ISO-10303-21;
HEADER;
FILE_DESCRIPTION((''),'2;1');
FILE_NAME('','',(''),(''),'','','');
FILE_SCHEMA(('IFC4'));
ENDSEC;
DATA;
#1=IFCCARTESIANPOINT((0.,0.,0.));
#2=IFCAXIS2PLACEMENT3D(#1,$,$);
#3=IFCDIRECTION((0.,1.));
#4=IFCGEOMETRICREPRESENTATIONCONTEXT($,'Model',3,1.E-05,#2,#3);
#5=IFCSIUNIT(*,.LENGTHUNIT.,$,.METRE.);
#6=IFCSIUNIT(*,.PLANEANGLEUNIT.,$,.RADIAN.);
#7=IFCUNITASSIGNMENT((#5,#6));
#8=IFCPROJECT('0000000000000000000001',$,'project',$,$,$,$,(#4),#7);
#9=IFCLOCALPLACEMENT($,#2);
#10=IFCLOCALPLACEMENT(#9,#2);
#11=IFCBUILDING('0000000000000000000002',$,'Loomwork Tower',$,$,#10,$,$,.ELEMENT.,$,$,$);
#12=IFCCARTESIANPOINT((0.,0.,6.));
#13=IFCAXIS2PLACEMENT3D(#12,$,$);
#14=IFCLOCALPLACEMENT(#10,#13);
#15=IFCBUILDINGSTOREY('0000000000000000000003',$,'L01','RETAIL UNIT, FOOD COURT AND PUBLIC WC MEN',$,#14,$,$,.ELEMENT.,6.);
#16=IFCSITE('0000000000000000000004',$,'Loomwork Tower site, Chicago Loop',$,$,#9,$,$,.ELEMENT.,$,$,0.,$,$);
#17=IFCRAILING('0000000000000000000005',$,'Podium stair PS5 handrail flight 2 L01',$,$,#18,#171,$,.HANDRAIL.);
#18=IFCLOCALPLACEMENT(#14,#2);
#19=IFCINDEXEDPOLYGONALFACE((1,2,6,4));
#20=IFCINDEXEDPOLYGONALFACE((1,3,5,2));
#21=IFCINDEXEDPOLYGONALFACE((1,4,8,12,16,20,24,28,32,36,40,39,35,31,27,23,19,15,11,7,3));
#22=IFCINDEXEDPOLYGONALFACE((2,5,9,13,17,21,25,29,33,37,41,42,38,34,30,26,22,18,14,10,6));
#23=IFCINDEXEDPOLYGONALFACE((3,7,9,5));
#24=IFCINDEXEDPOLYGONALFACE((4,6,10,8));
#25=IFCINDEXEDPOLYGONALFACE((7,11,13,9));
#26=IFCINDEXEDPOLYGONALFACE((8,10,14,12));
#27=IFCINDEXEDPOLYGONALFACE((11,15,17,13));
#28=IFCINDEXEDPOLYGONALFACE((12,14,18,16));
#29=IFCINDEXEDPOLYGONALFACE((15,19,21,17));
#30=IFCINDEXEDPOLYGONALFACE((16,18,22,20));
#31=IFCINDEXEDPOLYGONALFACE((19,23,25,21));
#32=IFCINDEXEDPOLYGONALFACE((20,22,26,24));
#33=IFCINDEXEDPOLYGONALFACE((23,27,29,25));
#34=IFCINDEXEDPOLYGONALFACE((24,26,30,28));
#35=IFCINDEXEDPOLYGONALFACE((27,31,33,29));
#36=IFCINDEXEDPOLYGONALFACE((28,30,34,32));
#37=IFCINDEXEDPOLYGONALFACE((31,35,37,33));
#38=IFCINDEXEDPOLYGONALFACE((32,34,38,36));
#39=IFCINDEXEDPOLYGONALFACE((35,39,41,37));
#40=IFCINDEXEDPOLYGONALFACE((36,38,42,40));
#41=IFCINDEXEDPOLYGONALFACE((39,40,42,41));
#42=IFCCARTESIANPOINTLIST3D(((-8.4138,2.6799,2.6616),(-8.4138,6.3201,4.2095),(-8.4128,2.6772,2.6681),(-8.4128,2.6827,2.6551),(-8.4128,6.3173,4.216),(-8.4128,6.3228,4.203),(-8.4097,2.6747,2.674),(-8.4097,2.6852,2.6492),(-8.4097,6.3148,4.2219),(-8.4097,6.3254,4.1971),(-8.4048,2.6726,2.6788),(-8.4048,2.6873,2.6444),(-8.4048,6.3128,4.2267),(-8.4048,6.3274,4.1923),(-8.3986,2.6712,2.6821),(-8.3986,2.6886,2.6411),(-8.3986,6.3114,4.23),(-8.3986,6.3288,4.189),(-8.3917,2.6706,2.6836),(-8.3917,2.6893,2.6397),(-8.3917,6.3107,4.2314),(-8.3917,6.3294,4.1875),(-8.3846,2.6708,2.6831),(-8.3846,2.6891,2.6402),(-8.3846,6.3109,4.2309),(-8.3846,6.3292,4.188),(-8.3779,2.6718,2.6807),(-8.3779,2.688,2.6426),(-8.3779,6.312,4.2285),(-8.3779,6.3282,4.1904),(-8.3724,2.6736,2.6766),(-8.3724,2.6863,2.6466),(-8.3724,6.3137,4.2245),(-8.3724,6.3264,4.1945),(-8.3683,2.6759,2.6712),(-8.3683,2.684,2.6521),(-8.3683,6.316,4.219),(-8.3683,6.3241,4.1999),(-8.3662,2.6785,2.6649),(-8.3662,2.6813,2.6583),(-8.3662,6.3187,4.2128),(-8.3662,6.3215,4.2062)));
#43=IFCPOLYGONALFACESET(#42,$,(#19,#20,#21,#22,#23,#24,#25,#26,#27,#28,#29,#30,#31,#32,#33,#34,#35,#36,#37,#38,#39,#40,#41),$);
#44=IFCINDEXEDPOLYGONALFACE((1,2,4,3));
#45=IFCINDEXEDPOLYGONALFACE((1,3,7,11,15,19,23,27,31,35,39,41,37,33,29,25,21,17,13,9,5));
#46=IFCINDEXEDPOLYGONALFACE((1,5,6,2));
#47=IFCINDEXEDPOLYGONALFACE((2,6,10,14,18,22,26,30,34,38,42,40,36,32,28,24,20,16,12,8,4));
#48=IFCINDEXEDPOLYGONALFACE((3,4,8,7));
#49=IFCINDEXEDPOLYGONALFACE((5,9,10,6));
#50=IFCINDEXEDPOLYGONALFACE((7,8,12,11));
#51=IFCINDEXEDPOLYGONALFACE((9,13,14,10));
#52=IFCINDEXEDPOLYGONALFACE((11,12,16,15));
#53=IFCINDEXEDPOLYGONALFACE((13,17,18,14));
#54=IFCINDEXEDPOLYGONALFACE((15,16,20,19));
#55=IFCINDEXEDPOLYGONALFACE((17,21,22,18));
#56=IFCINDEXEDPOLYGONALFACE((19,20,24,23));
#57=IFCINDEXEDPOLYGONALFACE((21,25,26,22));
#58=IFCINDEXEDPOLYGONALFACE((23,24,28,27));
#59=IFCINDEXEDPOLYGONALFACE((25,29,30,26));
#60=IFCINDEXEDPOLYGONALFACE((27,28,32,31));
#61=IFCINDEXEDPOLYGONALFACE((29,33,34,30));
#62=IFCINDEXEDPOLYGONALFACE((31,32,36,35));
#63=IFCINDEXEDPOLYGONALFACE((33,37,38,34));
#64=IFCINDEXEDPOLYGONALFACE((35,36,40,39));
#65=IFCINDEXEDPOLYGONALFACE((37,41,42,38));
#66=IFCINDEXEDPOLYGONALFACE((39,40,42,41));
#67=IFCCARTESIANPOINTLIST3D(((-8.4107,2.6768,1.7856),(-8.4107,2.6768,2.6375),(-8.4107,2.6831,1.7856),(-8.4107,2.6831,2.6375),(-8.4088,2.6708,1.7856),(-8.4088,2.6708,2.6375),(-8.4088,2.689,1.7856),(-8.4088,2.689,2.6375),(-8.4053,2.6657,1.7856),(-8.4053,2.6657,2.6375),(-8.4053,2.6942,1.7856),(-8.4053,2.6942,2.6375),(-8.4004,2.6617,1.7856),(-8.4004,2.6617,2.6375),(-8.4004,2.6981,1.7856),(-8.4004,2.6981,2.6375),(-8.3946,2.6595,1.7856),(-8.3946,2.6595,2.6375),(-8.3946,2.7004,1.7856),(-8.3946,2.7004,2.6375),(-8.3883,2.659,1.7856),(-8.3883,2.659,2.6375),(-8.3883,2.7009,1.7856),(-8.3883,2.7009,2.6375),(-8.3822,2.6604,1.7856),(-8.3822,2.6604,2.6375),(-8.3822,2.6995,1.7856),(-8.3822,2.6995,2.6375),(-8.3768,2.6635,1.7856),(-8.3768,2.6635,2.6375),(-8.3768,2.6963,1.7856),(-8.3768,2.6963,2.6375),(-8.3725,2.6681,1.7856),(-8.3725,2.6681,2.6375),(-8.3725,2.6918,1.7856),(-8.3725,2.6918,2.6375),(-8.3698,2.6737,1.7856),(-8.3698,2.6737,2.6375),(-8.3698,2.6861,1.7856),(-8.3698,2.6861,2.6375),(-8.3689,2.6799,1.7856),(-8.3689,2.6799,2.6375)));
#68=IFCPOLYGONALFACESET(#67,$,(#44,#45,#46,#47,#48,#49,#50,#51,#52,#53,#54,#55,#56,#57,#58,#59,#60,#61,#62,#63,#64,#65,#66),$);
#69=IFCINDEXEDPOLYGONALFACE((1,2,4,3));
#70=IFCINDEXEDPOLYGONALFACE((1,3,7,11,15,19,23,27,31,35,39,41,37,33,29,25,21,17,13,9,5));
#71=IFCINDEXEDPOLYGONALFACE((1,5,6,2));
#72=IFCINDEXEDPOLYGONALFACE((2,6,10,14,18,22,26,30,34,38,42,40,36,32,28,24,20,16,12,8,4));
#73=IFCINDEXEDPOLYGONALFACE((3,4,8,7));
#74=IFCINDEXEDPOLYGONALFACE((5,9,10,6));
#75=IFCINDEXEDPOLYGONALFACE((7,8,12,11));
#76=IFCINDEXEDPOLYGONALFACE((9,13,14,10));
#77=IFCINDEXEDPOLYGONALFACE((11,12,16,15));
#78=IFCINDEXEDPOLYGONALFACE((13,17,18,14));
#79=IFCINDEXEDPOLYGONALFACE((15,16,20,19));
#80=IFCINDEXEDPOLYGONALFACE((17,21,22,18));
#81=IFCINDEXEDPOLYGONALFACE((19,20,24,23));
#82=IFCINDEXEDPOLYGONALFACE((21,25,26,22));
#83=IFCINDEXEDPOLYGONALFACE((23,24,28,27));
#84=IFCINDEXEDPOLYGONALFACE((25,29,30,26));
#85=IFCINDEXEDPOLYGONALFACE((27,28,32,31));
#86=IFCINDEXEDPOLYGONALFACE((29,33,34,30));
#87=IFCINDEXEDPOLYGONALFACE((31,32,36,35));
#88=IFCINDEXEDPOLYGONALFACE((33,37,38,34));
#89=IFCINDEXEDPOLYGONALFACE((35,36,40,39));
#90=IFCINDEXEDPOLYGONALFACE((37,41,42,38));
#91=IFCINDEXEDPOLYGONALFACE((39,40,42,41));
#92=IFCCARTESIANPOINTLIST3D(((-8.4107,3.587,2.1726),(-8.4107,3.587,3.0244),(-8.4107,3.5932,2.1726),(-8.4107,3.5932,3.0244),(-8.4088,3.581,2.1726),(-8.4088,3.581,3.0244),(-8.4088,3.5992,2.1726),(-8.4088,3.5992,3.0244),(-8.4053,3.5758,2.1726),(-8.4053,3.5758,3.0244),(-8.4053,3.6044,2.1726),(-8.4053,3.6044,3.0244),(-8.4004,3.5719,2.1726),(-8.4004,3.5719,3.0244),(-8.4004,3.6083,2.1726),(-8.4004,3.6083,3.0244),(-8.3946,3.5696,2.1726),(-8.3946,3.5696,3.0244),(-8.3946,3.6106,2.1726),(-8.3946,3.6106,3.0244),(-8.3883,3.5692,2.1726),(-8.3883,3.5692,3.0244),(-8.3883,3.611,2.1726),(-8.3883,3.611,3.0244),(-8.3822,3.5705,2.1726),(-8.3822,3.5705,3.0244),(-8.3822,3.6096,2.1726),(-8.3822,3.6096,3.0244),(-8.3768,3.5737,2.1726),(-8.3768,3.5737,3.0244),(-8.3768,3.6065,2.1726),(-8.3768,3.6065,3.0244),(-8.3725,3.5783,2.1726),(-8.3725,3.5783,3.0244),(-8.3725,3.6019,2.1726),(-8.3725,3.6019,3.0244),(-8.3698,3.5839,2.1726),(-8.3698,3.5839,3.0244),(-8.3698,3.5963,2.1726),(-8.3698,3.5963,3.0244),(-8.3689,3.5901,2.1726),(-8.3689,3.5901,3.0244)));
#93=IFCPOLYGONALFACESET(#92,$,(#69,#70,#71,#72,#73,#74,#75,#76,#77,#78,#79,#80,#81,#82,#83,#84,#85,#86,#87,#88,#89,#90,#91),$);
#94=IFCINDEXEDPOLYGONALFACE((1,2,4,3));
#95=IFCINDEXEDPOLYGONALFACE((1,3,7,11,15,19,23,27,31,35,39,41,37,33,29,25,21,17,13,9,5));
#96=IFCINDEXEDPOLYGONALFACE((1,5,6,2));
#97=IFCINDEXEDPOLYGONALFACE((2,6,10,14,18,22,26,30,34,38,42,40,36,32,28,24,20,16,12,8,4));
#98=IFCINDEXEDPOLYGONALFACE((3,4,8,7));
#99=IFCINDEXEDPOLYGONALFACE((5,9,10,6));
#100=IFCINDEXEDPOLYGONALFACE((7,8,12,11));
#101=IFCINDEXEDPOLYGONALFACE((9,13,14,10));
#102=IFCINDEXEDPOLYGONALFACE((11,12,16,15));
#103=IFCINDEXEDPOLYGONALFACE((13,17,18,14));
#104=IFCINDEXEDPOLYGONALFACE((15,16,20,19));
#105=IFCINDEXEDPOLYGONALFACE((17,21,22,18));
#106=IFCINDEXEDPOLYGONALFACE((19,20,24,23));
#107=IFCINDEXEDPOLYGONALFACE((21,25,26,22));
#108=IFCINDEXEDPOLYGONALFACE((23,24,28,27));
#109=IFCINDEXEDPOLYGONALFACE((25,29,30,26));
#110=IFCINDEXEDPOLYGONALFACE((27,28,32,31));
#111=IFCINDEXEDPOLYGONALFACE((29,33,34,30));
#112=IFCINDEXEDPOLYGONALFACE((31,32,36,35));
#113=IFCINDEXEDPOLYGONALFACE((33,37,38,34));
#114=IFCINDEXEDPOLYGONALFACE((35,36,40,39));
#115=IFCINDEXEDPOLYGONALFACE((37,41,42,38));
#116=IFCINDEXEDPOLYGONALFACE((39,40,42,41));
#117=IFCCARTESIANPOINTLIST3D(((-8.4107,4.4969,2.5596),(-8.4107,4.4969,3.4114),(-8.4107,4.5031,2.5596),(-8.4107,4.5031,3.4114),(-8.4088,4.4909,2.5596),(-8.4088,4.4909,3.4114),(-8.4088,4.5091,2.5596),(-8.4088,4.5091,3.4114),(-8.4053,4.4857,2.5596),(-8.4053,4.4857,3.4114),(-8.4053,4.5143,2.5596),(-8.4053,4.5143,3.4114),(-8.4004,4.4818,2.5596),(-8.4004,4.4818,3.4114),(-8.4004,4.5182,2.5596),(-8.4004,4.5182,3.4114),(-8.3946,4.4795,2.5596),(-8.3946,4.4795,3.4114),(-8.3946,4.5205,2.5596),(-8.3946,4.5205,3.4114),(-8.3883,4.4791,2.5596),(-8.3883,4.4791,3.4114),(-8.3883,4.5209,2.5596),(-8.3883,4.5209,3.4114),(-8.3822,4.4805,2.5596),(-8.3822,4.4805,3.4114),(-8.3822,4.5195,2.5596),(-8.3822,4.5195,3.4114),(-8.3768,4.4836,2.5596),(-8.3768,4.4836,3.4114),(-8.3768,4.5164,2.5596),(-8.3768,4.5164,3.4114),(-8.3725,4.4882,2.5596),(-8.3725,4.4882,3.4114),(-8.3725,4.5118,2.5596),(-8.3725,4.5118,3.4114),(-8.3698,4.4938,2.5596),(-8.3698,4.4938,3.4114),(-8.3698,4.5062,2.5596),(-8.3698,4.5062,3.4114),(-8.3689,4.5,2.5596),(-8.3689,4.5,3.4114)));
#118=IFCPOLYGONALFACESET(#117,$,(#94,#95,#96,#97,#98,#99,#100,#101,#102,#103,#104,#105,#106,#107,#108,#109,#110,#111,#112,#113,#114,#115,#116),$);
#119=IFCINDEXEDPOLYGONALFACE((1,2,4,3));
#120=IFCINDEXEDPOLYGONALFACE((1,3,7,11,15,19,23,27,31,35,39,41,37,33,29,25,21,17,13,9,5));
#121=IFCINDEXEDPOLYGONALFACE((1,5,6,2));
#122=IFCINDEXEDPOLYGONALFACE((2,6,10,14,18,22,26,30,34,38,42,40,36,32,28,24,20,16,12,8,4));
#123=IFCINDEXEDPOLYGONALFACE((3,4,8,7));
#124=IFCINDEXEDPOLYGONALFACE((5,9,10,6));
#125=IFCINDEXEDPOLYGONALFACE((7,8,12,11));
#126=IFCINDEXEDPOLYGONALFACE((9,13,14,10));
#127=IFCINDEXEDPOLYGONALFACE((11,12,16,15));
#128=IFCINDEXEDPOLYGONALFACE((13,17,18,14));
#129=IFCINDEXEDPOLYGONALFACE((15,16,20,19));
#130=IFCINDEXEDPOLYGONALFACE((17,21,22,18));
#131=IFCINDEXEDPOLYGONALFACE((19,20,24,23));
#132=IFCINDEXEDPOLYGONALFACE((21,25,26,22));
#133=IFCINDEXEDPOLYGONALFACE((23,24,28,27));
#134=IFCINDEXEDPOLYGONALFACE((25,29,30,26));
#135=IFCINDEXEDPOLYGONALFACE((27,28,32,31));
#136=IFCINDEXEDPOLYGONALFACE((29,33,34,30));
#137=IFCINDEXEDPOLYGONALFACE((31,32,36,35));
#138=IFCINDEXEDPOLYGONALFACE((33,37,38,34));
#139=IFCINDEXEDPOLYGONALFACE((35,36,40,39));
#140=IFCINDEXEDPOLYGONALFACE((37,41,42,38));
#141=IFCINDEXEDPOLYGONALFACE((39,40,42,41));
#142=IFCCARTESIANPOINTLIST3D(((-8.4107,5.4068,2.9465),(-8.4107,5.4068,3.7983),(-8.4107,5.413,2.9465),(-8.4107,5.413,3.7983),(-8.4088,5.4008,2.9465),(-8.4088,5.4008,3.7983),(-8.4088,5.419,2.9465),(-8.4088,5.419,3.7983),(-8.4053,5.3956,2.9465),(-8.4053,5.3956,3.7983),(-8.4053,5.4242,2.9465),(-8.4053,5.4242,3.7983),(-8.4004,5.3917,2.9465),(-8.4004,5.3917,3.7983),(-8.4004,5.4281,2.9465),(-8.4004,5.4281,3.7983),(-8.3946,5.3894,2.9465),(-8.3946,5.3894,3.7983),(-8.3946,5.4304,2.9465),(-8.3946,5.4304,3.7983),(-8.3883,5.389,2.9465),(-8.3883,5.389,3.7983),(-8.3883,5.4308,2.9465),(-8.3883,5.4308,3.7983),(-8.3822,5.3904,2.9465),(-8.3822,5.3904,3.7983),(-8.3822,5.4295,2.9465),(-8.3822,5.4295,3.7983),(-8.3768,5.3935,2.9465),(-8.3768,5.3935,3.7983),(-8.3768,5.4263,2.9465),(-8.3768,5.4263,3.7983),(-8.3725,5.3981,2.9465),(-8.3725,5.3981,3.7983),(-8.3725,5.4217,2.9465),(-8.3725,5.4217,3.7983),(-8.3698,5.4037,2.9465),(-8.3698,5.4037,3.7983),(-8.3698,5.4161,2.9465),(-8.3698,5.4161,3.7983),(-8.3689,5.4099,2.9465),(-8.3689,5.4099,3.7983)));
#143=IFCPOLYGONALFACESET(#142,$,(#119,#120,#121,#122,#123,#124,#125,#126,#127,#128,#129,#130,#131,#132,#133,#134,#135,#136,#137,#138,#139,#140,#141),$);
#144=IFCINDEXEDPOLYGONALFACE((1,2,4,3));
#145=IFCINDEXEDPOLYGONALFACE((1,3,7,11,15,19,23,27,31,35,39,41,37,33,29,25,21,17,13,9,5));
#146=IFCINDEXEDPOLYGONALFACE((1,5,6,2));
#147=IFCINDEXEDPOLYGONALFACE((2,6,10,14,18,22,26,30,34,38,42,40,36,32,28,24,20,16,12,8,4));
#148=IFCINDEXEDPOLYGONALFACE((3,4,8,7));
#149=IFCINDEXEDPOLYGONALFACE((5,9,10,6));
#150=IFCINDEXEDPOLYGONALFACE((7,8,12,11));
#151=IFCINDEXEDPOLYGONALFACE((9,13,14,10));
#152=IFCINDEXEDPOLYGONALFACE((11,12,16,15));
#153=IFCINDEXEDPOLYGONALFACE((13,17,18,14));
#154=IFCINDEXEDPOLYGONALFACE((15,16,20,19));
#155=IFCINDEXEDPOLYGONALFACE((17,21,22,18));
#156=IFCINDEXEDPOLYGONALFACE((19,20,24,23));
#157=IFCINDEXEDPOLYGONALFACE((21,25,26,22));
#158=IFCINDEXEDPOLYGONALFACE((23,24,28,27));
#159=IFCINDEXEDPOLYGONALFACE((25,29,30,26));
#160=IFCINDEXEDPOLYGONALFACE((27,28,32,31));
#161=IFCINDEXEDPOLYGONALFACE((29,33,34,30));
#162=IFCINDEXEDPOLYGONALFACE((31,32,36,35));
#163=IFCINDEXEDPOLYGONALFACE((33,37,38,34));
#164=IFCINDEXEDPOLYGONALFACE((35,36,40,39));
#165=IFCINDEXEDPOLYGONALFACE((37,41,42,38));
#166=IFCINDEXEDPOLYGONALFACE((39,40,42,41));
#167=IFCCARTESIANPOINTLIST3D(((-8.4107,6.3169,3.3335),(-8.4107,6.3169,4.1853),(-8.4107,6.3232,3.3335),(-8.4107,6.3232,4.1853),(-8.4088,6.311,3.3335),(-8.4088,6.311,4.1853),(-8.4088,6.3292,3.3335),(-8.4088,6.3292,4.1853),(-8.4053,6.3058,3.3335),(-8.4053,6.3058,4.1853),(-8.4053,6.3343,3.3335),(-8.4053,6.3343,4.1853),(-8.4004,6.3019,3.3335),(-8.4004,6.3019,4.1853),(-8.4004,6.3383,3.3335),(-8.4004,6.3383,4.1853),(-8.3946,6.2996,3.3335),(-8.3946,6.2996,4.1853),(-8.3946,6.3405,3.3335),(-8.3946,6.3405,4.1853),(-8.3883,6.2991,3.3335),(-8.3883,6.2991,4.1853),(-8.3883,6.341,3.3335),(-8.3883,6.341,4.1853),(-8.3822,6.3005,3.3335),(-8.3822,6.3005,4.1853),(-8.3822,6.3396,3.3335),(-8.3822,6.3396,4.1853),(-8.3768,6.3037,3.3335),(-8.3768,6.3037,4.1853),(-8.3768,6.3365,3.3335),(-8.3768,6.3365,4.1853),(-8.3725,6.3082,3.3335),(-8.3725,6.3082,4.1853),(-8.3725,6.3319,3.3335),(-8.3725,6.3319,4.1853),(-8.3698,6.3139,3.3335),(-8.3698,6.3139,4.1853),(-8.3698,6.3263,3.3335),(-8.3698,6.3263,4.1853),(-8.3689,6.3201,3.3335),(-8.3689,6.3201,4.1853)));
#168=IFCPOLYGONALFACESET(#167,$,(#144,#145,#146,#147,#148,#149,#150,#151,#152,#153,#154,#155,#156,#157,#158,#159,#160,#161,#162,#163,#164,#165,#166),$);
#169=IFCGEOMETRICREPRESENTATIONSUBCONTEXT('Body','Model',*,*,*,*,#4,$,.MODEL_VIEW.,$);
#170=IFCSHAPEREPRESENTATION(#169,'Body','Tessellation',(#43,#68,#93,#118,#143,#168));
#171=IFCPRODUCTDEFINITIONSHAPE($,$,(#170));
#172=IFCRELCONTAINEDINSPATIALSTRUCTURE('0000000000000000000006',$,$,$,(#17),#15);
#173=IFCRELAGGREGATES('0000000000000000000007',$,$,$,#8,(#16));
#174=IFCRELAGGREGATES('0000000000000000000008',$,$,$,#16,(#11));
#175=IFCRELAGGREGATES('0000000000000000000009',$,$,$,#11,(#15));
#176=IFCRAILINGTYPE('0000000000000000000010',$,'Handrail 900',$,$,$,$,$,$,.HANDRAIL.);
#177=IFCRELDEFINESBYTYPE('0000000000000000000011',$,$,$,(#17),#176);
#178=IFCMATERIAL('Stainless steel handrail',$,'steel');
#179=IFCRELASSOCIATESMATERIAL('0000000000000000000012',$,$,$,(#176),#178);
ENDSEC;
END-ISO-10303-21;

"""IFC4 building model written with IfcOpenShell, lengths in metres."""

from ifc_helpers import new_model, si_unit, direction, frame, origin, origin_2d, place, context, subcontext, project, spatial, circle, extrude, material, type_object, element, save


model = new_model("IFC4")

# Units and contexts
model_context = context("Model", 3, precision=1e-05, world=origin(), true_north=direction((0.0, 1.0)))
body_context = subcontext(model_context, "Body", "Model", "MODEL_VIEW")
ifc_project = project(units=[si_unit("LENGTHUNIT", "METRE"), si_unit("PLANEANGLEUNIT", "RADIAN")], contexts=[model_context])

# Site, building, storey
site_placement = place(None, origin())
site = spatial("IfcSite", under=ifc_project, at=site_placement, Name="Loomwork Tower site, Chicago Loop", CompositionType="ELEMENT", RefElevation=0.0)
building_placement = place(site_placement, origin())
building = spatial("IfcBuilding", under=site, at=building_placement, Name="Loomwork Tower", CompositionType="ELEMENT")
storey_placement = place(building_placement, frame((0.0, 0.0, 6.0)))
storey = spatial("IfcBuildingStorey", under=building, at=storey_placement, Name="L01", Description="RETAIL UNIT, FOOD COURT AND PUBLIC WC MEN", CompositionType="ELEMENT", Elevation=6.0)

# Railing
ifc_material_1 = material(Name="Stainless steel handrail", Category="steel")
railing_type = type_object("IfcRailingType", Name="Handrail 900", PredefinedType="HANDRAIL", material=ifc_material_1)
railing_placement = place(storey_placement, frame((-8.3899, 2.6799, 1.7856)))
element("IfcRailing", 1, at=railing_placement, inside=storey, type_object=railing_type, Name="Podium stair PS5 handrail flight 2 L01", PredefinedType="HANDRAIL", context=body_context, shape_type="SweptSolid", body=[
    extrude(circle(Radius=0.0239, at=origin_2d()), frame((0.0, 0.0, 0.876), z_axis=(0.0, 0.920259, 0.391311), x_axis=(-1.0, 0.0, 0.0)), (0.0, 0.0, 1.0), 3.9556),
    extrude(circle(Radius=0.021, at=origin_2d()), origin(), (0.0, 0.0, 1.0), 0.8518),
    extrude(circle(Radius=0.021, at=origin_2d()), frame((0.0, 0.9102, 0.387)), (0.0, 0.0, 1.0), 0.8518),
    extrude(circle(Radius=0.021, at=origin_2d()), frame((0.0, 1.8201, 0.7739)), (0.0, 0.0, 1.0), 0.8518),
    extrude(circle(Radius=0.021, at=origin_2d()), frame((0.0, 2.73, 1.1609)), (0.0, 0.0, 1.0), 0.8518),
    extrude(circle(Radius=0.021, at=origin_2d()), frame((0.0, 3.6401, 1.5479)), (0.0, 0.0, 1.0), 0.8518),
])

save(model, "model.ifc")
